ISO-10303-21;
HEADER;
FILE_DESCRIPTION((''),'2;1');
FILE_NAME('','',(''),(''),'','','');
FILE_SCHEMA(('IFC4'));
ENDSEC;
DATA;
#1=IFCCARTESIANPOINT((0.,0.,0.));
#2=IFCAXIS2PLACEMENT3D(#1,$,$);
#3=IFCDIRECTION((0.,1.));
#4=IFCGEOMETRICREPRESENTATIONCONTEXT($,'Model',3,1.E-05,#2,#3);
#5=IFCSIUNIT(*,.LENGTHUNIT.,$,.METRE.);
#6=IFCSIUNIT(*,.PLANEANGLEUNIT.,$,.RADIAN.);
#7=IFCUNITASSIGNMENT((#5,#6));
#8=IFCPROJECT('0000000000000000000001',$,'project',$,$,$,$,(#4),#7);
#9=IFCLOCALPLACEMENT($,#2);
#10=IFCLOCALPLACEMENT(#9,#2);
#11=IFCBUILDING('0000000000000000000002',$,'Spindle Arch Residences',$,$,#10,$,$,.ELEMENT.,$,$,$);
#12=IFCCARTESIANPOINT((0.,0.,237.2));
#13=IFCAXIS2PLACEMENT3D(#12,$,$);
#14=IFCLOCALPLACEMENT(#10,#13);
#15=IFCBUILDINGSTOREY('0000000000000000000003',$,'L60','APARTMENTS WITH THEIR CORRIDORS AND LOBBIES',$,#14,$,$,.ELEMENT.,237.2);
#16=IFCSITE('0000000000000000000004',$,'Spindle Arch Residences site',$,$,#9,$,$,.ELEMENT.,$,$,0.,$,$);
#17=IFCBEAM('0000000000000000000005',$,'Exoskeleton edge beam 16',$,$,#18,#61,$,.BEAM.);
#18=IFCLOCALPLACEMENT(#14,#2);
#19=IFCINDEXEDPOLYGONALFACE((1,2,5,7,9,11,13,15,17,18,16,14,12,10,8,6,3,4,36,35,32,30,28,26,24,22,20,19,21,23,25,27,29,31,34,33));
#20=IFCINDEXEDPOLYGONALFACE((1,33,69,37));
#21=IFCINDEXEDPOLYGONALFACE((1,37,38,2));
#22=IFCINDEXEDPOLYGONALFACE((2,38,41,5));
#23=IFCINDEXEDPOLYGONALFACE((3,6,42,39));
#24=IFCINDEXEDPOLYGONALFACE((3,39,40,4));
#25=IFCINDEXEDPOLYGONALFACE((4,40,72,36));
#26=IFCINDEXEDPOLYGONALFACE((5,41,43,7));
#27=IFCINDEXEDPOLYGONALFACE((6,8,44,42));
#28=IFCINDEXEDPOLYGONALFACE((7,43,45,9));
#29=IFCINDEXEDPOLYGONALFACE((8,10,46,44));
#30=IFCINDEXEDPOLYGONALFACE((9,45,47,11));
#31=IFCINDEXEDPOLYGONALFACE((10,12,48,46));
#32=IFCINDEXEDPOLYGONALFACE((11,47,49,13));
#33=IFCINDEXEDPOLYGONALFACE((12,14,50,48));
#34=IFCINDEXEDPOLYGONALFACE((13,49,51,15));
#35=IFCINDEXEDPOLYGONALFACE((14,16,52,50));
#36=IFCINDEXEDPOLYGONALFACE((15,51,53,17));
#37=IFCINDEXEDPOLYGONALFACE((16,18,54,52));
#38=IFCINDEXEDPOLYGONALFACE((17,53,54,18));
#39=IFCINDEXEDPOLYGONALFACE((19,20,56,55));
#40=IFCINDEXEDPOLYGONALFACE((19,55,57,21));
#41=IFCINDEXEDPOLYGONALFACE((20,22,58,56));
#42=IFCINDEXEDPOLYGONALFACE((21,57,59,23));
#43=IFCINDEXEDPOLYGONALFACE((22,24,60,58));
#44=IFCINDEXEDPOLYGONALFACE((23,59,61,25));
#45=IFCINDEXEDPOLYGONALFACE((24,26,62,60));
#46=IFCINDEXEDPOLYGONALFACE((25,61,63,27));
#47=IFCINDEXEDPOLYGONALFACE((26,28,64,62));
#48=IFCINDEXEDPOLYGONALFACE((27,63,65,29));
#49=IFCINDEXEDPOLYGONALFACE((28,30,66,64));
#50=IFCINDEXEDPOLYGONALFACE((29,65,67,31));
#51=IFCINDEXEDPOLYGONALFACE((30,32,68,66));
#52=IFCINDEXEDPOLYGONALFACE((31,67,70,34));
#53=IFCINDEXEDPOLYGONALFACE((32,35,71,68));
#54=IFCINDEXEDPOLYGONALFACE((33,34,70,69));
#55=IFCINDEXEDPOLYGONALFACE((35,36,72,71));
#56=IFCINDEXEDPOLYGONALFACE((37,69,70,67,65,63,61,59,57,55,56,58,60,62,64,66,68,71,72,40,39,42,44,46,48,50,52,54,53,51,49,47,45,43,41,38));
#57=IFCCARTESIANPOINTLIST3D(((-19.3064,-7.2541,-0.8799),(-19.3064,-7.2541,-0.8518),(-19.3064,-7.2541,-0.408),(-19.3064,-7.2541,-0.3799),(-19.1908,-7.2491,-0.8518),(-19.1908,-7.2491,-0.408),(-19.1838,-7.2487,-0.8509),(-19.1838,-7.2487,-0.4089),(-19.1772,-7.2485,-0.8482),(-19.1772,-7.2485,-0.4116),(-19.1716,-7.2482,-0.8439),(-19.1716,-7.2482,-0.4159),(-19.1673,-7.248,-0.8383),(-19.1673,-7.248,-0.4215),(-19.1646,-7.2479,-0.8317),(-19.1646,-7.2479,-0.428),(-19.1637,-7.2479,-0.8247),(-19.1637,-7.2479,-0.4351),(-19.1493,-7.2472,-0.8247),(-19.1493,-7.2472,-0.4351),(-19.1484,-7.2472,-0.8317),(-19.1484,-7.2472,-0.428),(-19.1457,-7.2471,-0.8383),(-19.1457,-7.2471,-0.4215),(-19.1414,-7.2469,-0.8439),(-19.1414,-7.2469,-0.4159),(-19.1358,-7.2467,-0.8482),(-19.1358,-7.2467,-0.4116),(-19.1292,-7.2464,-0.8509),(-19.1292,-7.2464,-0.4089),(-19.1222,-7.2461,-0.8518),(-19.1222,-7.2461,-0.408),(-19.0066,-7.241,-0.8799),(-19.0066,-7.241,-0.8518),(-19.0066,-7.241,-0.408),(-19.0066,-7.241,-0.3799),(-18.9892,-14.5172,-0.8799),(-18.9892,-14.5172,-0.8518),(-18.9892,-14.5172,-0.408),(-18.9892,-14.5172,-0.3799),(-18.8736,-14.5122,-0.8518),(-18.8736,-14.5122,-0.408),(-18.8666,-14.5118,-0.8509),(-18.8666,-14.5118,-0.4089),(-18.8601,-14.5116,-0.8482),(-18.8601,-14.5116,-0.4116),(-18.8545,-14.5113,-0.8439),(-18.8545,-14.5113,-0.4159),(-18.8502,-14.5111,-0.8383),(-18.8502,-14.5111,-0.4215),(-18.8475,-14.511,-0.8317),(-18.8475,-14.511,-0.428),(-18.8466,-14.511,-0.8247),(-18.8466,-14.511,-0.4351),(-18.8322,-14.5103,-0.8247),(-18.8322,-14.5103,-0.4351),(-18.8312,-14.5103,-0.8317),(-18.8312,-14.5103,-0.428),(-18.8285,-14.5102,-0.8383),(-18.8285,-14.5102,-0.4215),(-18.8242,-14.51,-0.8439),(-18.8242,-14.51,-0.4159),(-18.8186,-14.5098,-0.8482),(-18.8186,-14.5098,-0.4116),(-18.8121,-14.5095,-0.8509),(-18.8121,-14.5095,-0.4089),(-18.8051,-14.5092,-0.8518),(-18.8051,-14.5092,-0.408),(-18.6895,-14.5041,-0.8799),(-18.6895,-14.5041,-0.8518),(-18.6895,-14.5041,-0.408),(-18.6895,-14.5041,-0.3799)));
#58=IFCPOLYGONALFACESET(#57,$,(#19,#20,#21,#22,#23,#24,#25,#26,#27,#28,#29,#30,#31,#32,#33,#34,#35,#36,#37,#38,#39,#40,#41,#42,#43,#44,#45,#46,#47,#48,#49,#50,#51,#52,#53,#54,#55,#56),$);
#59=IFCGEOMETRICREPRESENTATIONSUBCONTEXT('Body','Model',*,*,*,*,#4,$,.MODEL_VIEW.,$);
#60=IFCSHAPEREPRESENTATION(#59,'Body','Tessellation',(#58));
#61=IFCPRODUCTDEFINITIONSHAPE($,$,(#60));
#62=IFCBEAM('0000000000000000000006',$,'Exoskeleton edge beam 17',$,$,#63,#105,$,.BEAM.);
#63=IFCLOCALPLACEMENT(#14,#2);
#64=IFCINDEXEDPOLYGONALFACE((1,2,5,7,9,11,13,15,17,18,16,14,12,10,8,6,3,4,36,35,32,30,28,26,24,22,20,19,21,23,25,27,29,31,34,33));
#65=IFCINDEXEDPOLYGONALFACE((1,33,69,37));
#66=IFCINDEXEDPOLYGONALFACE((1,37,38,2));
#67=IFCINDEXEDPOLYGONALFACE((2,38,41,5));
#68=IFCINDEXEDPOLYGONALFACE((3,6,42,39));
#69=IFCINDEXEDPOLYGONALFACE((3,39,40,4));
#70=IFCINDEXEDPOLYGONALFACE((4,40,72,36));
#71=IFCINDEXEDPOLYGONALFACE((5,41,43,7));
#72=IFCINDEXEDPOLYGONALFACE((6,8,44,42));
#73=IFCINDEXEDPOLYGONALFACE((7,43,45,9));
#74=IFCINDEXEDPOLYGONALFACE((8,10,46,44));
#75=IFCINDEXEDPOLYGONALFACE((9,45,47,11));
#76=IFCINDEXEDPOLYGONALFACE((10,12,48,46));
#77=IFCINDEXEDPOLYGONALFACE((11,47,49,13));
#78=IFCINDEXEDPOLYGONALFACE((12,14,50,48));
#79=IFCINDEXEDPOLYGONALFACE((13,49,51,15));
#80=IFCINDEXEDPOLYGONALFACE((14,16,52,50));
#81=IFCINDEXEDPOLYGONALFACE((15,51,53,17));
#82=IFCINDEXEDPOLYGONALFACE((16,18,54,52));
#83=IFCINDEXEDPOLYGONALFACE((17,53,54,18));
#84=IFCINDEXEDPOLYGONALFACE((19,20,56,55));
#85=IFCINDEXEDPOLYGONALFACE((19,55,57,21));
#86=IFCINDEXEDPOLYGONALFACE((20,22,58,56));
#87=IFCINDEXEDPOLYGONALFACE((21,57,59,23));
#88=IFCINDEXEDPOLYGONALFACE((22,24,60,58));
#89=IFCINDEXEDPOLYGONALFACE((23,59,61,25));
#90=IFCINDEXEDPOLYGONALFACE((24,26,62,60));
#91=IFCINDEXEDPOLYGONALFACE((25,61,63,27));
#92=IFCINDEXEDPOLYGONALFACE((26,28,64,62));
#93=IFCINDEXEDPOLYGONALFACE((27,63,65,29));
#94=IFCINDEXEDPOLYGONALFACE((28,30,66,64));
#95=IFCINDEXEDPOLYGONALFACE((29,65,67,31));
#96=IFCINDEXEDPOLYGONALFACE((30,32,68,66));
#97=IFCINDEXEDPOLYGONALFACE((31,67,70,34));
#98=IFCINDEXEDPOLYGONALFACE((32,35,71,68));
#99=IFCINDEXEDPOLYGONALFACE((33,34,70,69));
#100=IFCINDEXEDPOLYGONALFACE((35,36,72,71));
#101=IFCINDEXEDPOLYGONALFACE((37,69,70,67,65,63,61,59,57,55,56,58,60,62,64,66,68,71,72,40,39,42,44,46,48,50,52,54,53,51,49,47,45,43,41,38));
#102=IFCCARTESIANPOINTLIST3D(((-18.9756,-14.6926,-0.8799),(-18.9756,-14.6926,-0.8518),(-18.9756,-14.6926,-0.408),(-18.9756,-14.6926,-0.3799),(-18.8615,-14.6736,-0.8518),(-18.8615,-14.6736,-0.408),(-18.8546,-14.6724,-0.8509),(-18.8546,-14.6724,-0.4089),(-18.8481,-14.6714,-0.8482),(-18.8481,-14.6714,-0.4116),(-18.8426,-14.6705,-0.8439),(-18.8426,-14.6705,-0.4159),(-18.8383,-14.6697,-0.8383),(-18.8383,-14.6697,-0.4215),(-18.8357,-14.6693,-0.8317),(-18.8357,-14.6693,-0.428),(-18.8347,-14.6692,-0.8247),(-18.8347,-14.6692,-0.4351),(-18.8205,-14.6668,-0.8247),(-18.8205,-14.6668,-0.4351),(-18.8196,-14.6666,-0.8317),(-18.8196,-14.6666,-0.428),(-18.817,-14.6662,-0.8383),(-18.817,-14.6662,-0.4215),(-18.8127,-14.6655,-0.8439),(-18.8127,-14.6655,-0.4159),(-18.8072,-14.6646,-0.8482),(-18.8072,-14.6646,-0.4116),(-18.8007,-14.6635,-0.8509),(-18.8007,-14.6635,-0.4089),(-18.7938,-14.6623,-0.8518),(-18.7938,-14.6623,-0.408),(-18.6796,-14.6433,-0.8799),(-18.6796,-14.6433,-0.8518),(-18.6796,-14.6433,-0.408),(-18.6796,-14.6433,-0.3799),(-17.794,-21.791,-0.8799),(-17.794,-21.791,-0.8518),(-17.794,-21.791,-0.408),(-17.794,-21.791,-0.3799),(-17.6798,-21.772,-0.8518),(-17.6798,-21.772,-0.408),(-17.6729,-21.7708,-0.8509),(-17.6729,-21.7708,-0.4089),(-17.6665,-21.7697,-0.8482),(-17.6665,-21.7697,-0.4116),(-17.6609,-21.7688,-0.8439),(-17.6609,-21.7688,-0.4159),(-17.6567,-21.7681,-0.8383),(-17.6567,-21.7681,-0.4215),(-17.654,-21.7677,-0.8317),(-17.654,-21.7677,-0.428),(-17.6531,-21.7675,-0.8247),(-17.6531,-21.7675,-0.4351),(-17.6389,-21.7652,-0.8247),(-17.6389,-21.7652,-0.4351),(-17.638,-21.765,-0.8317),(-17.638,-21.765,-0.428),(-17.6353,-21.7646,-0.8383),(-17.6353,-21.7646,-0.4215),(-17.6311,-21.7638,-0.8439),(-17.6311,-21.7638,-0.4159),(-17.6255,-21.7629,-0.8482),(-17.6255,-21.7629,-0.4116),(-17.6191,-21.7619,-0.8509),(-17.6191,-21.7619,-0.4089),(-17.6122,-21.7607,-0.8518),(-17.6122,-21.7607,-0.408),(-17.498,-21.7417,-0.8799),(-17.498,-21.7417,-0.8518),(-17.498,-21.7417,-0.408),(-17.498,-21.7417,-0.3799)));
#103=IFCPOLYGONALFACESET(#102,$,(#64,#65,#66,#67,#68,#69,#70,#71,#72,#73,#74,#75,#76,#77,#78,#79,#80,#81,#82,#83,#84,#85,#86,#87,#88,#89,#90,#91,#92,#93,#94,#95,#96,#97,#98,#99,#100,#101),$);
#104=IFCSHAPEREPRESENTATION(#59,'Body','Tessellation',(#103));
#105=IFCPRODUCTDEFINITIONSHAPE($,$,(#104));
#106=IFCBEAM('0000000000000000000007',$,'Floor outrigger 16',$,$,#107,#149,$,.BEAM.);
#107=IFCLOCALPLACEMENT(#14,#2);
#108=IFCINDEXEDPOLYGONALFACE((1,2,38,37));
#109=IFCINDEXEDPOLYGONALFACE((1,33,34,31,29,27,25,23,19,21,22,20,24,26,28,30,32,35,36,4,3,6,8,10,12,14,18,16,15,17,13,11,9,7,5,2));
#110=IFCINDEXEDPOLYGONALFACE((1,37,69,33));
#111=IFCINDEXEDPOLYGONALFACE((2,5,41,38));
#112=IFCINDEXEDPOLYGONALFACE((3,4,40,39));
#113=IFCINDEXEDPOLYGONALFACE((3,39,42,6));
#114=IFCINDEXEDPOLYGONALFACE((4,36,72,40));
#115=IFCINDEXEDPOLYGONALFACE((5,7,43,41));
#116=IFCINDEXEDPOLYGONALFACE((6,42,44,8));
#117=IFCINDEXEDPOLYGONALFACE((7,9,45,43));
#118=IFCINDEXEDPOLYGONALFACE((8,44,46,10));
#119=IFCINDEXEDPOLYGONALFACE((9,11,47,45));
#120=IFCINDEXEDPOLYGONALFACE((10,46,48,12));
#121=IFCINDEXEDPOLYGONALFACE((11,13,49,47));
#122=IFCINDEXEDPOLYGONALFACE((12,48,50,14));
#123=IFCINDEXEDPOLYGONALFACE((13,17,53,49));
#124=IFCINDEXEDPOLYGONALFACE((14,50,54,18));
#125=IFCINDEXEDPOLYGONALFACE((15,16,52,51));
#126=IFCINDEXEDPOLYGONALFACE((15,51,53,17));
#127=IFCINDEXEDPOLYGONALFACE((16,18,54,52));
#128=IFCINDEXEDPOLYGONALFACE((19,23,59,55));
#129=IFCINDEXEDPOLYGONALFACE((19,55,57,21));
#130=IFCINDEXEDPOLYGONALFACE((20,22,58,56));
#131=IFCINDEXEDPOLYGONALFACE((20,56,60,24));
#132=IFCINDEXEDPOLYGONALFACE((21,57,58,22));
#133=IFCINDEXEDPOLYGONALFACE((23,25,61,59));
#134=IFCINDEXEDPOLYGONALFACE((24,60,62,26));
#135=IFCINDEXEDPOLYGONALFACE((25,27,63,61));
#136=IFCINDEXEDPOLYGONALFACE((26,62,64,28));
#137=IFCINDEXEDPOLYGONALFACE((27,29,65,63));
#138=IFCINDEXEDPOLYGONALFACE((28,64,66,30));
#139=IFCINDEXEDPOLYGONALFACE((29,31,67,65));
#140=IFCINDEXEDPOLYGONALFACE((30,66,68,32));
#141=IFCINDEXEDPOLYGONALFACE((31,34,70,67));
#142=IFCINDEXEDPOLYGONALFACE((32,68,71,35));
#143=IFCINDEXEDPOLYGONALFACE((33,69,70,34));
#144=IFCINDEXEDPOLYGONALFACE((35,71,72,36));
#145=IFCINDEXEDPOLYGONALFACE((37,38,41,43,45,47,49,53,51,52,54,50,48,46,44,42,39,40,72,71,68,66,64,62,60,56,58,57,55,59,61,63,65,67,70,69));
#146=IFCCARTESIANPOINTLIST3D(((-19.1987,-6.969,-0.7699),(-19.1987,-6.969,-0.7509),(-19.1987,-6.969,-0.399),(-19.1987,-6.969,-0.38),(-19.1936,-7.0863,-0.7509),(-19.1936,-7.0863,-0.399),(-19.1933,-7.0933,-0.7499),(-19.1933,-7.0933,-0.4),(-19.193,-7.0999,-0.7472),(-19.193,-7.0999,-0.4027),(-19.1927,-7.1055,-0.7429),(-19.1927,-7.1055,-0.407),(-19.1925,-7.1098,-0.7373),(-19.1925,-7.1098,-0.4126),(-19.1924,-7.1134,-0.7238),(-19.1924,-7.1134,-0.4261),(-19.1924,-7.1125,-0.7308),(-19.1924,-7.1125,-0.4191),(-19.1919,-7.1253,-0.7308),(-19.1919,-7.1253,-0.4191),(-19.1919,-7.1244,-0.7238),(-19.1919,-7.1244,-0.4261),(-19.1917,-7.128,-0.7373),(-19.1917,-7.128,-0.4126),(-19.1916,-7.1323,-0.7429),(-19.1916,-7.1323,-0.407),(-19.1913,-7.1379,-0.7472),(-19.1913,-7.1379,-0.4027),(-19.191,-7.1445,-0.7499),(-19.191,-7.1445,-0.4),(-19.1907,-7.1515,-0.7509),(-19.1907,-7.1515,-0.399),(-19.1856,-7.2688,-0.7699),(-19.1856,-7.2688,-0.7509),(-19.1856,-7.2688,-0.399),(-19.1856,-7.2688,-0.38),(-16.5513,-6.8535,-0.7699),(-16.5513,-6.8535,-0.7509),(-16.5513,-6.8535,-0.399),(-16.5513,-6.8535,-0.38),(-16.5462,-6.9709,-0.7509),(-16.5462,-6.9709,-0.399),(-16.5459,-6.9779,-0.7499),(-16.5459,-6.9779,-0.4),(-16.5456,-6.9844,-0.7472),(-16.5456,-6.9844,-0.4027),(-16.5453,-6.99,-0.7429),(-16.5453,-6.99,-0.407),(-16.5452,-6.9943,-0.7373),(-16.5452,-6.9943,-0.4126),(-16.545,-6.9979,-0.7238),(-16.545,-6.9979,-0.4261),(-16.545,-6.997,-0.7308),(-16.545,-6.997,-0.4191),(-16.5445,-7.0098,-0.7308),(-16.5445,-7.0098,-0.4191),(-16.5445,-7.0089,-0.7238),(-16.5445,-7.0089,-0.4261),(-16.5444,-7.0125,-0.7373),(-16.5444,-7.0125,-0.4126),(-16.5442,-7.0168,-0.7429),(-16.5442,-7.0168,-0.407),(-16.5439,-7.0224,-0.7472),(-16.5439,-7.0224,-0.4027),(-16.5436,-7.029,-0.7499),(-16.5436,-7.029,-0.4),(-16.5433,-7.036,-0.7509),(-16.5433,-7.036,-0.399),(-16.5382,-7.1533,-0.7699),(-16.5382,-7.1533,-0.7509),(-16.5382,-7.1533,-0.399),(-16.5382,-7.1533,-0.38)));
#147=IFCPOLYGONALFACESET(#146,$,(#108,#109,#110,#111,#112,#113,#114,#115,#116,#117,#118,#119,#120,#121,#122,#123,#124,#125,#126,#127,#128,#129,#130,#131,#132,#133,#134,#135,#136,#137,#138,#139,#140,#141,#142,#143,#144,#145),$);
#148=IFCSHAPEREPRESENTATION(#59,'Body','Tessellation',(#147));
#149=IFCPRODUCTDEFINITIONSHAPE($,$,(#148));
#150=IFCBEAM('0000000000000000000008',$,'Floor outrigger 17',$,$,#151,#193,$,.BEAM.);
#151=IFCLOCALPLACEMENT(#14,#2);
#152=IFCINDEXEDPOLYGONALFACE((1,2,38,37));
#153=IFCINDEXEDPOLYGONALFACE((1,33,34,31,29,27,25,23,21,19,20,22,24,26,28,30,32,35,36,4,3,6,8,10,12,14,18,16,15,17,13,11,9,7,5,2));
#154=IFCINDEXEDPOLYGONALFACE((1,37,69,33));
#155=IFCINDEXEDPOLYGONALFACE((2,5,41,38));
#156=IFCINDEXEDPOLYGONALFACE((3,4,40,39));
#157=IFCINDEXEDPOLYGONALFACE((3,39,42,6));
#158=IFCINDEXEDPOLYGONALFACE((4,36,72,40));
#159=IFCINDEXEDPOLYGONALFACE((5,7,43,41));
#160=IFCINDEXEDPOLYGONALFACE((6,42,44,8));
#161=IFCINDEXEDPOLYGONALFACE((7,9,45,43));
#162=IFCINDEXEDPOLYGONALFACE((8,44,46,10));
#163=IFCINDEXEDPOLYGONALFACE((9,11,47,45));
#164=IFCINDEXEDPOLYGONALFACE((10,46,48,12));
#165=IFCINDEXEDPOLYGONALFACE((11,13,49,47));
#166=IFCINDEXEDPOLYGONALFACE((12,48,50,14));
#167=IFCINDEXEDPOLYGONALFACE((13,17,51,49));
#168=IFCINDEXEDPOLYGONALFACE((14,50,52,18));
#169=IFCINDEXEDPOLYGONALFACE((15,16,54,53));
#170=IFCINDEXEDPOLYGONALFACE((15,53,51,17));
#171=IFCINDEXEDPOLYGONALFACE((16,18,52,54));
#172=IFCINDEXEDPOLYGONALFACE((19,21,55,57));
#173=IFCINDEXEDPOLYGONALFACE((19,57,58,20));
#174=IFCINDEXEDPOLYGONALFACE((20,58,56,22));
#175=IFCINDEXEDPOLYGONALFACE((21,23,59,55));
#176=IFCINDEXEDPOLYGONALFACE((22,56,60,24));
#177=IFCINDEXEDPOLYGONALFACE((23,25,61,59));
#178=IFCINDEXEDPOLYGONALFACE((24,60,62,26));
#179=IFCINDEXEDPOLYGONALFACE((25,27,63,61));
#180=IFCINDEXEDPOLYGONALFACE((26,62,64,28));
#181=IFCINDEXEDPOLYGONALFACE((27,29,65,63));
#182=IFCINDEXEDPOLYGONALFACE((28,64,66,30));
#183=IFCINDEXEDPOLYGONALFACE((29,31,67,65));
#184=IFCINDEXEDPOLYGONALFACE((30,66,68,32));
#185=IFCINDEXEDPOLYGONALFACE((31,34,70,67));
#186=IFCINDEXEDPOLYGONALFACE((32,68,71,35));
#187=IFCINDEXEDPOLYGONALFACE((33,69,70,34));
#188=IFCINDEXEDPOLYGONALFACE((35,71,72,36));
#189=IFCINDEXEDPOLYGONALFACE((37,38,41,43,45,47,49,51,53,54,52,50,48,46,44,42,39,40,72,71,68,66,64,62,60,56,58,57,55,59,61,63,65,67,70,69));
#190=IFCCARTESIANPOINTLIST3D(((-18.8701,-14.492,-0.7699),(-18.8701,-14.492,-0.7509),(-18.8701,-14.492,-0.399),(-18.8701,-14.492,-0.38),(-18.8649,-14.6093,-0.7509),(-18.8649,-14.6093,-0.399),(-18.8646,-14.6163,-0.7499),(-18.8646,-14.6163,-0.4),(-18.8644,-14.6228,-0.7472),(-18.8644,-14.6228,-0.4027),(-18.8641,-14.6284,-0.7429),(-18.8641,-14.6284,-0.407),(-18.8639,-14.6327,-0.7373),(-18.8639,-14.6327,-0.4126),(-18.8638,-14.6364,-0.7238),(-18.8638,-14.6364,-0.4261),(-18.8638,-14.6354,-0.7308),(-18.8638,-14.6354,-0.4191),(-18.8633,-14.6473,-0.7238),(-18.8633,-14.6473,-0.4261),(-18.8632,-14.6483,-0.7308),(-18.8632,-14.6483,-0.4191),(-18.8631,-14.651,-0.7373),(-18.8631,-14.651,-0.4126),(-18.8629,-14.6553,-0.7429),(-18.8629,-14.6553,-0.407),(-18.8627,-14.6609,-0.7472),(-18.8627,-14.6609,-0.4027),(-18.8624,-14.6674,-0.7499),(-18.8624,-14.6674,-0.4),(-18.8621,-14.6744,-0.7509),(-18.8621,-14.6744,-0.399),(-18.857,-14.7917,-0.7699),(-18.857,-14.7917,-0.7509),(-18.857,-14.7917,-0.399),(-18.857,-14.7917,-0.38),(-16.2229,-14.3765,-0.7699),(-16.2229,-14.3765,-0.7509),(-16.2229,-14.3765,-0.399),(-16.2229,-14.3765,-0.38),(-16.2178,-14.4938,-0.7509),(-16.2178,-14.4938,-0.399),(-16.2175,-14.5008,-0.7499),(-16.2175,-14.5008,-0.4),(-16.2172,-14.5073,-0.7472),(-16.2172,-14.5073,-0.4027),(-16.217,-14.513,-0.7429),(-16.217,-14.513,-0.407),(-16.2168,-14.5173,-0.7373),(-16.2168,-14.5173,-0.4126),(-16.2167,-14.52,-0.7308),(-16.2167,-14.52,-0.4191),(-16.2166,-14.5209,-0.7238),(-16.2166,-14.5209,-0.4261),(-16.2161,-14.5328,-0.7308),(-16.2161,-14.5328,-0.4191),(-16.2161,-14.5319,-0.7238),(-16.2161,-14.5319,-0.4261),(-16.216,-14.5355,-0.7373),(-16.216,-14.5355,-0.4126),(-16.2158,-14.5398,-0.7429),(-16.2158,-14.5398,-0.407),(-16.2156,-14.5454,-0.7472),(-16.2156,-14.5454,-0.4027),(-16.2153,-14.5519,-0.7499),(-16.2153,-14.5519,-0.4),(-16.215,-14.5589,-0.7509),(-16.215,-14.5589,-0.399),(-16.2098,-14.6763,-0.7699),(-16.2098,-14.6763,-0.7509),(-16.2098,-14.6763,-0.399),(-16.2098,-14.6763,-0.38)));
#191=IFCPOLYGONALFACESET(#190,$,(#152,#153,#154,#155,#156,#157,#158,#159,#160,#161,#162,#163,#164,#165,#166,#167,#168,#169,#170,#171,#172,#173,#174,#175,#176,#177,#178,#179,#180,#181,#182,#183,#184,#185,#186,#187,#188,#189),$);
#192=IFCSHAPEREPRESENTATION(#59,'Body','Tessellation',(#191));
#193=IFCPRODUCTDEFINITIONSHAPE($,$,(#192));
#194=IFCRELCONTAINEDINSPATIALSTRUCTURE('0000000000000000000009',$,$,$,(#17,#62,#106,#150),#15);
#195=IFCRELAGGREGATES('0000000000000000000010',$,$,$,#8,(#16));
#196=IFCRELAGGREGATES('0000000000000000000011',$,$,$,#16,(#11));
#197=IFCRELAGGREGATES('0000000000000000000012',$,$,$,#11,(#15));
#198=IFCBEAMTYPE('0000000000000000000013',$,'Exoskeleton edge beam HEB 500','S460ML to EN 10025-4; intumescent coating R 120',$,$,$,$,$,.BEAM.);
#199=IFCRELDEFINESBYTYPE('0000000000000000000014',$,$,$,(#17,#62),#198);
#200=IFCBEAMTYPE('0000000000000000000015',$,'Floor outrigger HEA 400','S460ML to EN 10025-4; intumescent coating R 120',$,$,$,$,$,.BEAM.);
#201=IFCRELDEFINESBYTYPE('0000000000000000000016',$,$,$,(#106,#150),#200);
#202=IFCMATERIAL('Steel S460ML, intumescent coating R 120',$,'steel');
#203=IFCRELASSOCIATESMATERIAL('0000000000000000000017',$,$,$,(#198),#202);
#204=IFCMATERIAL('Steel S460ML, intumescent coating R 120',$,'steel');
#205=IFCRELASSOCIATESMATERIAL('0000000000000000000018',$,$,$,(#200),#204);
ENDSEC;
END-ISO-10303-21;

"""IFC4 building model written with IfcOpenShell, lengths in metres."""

from ifc_helpers import new_model, si_unit, direction, frame, origin, origin_2d, place, context, subcontext, project, spatial, i_section, extrude, material, material_profile, profile_set, type_object, element, save


model = new_model("IFC4")

# Units and contexts
model_context = context("Model", 3, precision=1e-05, world=origin(), true_north=direction((0.0, 1.0)))
body_context = subcontext(model_context, "Body", "Model", "MODEL_VIEW")
ifc_project = project(units=[si_unit("LENGTHUNIT", "METRE"), si_unit("PLANEANGLEUNIT", "RADIAN")], contexts=[model_context])

# Site, building, storey
site_placement = place(None, origin())
site = spatial("IfcSite", under=ifc_project, at=site_placement, Name="Spindle Arch Residences site", CompositionType="ELEMENT", RefElevation=0.0)
building_placement = place(site_placement, origin())
building = spatial("IfcBuilding", under=site, at=building_placement, Name="Spindle Arch Residences", CompositionType="ELEMENT")
storey_placement = place(building_placement, frame((0.0, 0.0, 237.2)))
storey = spatial("IfcBuildingStorey", under=building, at=storey_placement, Name="L60", Description="APARTMENTS WITH THEIR CORRIDORS AND LOBBIES", CompositionType="ELEMENT", Elevation=237.2)

# Beams
ifc_material_1 = material(Name="Steel S460ML, intumescent coating R 120", Category="steel")
ifc_material_profile_1 = material_profile(ifc_material_1, i_section(OverallWidth=0.3, OverallDepth=0.5, WebThickness=0.0144, FlangeThickness=0.0281, FilletRadius=0.0271, at=origin_2d()), Name="HEB 500")
ifc_profile_set_1 = profile_set([ifc_material_profile_1], Name="Steel S460ML, intumescent coating R 120")
beam_type_1 = type_object("IfcBeamType", Name="Exoskeleton edge beam HEB 500", Description="S460ML to EN 10025-4; intumescent coating R 120", PredefinedType="BEAM", material=ifc_profile_set_1)
for number, where, z_axis, x_axis, name in (
    (1, (-19.1565, -7.2476, -0.6299), (0.043622, -0.999048, 0.0), (0.999048, 0.043622, 0.0), "Exoskeleton edge beam 16"),
):
    element("IfcBeam", number, at=place(storey_placement, frame(where, z_axis=z_axis, x_axis=x_axis)), inside=storey, type_object=beam_type_1, Name=name, PredefinedType="BEAM", context=body_context, shape_type="SweptSolid", body=[
        extrude(i_section(OverallWidth=0.3, OverallDepth=0.5, WebThickness=0.0144, FlangeThickness=0.0281, FilletRadius=0.0271, at=origin_2d()), origin(), (0.0, 0.0, 1.0), 7.27),
    ])
beam_1_placement = place(storey_placement, frame((-18.8276, -14.668, -0.6299), z_axis=(0.164206, -0.986426, 0.0), x_axis=(0.986426, 0.164206, 0.0)))
element("IfcBeam", 2, at=beam_1_placement, inside=storey, type_object=beam_type_1, Name="Exoskeleton edge beam 17", PredefinedType="BEAM", context=body_context, shape_type="SweptSolid", body=[
    extrude(i_section(OverallWidth=0.3, OverallDepth=0.5, WebThickness=0.0144, FlangeThickness=0.0281, FilletRadius=0.0271, at=origin_2d()), origin(), (0.0, 0.0, 1.0), 7.196),
])
ifc_material_2 = material(Name="Steel S460ML, intumescent coating R 120", Category="steel")
ifc_material_profile_2 = material_profile(ifc_material_2, i_section(OverallWidth=0.3, OverallDepth=0.3899, WebThickness=0.011, FlangeThickness=0.019, FilletRadius=0.0271, at=origin_2d()), Name="HEA 400")
ifc_profile_set_2 = profile_set([ifc_material_profile_2], Name="Steel S460ML, intumescent coating R 120")
beam_type_2 = type_object("IfcBeamType", Name="Floor outrigger HEA 400", Description="S460ML to EN 10025-4; intumescent coating R 120", PredefinedType="BEAM", material=ifc_profile_set_2)
beam_2_placement = place(storey_placement, frame((-19.1921, -7.1189, -0.575), z_axis=(0.99905, 0.043577, 0.0), x_axis=(-0.043577, 0.99905, 0.0)))
element("IfcBeam", 3, at=beam_2_placement, inside=storey, type_object=beam_type_2, Name="Floor outrigger 16", PredefinedType="BEAM", context=body_context, shape_type="SweptSolid", body=[
    extrude(i_section(OverallWidth=0.3, OverallDepth=0.3899, WebThickness=0.011, FlangeThickness=0.019, FilletRadius=0.0271, at=origin_2d()), origin(), (0.0, 0.0, 1.0), 2.6499),
])
beam_3_placement = place(storey_placement, frame((-18.8635, -14.6418, -0.575), z_axis=(0.99905, 0.043581, 0.0), x_axis=(-0.043581, 0.99905, 0.0)))
element("IfcBeam", 4, at=beam_3_placement, inside=storey, type_object=beam_type_2, Name="Floor outrigger 17", PredefinedType="BEAM", context=body_context, shape_type="SweptSolid", body=[
    extrude(i_section(OverallWidth=0.3, OverallDepth=0.3899, WebThickness=0.011, FlangeThickness=0.019, FilletRadius=0.0271, at=origin_2d()), origin(), (0.0, 0.0, 1.0), 2.6497),
])

save(model, "model.ifc")
